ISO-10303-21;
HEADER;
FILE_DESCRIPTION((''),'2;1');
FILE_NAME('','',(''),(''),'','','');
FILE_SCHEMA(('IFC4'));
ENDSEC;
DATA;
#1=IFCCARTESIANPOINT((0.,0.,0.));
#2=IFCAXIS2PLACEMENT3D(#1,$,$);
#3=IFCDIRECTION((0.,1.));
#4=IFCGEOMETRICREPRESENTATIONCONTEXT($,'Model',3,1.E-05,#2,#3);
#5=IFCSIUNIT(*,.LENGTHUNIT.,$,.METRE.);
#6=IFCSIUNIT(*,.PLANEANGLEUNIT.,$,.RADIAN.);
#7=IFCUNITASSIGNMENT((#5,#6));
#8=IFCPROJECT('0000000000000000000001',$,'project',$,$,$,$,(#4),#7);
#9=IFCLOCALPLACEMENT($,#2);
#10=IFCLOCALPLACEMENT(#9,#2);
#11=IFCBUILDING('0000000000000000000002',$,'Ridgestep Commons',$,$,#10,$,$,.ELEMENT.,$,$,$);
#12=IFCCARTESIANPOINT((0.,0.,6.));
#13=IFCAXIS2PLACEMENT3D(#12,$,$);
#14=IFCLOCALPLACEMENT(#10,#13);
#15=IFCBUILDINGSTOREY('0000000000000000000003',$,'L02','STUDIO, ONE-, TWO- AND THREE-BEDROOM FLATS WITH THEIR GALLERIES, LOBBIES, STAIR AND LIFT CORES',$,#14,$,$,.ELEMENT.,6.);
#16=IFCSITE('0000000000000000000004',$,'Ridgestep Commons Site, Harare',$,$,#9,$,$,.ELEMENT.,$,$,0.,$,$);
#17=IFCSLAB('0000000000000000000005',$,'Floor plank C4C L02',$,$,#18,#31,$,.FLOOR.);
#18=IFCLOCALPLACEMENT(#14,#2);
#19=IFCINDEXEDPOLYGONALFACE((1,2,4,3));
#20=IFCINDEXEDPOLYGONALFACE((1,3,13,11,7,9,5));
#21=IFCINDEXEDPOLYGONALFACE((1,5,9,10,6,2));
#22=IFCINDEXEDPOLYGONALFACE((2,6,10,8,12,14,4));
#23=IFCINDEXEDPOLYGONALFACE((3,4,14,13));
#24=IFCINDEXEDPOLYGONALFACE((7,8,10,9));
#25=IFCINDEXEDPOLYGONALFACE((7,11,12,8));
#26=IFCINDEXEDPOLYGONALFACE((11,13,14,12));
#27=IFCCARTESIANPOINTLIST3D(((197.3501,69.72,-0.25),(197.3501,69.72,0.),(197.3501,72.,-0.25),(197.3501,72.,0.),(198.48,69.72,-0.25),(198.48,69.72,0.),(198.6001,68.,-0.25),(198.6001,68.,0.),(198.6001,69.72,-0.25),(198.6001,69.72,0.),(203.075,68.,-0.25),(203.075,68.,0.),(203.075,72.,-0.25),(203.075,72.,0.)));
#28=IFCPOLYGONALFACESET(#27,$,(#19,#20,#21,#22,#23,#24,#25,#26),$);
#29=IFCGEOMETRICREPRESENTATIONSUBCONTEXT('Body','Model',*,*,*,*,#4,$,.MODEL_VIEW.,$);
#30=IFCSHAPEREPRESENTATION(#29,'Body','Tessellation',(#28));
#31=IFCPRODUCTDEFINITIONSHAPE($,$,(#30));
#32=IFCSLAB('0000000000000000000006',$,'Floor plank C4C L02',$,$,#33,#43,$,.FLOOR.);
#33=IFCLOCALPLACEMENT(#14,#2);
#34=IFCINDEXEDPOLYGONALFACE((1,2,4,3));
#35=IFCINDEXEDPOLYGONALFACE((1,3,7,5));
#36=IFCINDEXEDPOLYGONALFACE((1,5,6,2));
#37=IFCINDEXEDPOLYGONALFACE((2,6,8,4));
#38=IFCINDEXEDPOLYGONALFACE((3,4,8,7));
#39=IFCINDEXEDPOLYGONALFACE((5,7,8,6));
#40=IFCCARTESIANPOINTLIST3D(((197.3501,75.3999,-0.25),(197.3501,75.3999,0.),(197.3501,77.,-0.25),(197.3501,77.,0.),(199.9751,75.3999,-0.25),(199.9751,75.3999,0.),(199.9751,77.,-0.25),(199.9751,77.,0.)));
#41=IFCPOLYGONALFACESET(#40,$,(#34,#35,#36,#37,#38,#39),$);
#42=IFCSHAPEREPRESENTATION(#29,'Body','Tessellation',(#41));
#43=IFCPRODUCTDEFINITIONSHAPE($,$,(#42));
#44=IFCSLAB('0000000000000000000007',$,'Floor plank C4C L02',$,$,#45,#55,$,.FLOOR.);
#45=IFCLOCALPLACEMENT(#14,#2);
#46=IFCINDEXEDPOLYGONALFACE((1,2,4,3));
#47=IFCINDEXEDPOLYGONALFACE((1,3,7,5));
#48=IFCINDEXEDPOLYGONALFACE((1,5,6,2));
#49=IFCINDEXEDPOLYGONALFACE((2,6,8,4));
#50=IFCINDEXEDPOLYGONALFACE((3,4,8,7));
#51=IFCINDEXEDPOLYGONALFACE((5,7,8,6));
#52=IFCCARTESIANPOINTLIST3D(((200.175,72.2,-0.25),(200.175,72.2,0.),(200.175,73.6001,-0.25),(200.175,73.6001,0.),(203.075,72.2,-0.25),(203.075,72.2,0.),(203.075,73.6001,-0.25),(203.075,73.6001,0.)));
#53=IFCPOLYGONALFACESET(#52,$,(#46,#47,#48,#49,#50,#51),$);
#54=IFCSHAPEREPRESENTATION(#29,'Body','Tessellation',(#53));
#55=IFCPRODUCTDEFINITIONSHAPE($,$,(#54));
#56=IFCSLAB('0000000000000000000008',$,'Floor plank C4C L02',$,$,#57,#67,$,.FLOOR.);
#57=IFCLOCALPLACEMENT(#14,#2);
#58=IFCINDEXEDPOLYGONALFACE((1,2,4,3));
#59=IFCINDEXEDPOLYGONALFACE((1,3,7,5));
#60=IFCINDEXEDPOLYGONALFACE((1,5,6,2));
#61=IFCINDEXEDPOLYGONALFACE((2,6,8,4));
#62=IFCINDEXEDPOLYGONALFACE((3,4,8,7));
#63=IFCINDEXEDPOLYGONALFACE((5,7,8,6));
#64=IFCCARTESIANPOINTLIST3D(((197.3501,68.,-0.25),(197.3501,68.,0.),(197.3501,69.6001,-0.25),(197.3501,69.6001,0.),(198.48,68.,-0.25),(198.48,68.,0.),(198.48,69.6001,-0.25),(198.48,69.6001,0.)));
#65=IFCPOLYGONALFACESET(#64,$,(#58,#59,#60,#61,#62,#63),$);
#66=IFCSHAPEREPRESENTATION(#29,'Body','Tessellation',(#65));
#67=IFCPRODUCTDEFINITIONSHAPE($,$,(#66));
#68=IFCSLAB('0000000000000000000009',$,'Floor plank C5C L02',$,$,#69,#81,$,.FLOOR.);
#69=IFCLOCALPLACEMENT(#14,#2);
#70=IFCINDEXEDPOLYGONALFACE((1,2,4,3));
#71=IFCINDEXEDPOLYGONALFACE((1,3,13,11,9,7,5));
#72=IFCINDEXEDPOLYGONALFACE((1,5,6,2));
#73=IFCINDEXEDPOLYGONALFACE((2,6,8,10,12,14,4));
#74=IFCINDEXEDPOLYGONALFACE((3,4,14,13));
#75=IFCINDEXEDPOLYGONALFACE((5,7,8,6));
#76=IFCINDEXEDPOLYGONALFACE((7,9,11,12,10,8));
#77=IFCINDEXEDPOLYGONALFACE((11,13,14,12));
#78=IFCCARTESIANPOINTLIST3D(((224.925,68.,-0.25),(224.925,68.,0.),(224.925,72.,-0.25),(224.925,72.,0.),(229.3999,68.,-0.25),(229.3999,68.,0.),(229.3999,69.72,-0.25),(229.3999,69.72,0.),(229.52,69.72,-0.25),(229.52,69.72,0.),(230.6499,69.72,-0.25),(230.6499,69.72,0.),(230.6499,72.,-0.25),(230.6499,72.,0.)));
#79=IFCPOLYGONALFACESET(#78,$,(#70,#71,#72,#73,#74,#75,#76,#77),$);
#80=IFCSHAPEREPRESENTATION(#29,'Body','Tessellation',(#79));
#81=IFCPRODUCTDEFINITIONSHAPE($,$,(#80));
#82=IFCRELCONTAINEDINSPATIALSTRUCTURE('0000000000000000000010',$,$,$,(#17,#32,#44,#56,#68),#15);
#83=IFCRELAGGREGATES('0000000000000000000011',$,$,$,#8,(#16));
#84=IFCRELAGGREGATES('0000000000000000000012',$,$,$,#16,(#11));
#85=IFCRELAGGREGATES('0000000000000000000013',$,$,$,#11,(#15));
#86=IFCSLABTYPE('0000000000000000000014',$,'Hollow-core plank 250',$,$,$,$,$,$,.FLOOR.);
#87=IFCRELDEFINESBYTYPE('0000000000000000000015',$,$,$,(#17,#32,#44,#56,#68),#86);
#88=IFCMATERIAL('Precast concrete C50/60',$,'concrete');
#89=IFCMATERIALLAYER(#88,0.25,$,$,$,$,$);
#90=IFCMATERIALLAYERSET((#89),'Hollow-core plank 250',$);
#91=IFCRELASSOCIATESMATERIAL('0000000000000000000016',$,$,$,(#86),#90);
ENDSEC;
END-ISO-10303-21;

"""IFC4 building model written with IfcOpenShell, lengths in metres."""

from ifc_helpers import new_model, si_unit, direction, frame, origin, place, context, subcontext, project, spatial, polyline, outline, extrude, material, layer, layer_set, type_object, element, save


model = new_model("IFC4")

# Units and contexts
model_context = context("Model", 3, precision=1e-05, world=origin(), true_north=direction((0.0, 1.0)))
body_context = subcontext(model_context, "Body", "Model", "MODEL_VIEW")
ifc_project = project(units=[si_unit("LENGTHUNIT", "METRE"), si_unit("PLANEANGLEUNIT", "RADIAN")], contexts=[model_context])

# Site, building, storey
site_placement = place(None, origin())
site = spatial("IfcSite", under=ifc_project, at=site_placement, Name="Ridgestep Commons Site, Harare", CompositionType="ELEMENT", RefElevation=0.0)
building_placement = place(site_placement, origin())
building = spatial("IfcBuilding", under=site, at=building_placement, Name="Ridgestep Commons", CompositionType="ELEMENT")
storey_placement = place(building_placement, frame((0.0, 0.0, 6.0)))
storey = spatial("IfcBuildingStorey", under=building, at=storey_placement, Name="L02", Description="STUDIO, ONE-, TWO- AND THREE-BEDROOM FLATS WITH THEIR GALLERIES, LOBBIES, STAIR AND LIFT CORES", CompositionType="ELEMENT", Elevation=6.0)

# Slabs
ifc_material = material(Name="Precast concrete C50/60", Category="concrete")
ifc_layer = layer(ifc_material, 0.25)
ifc_layer_set = layer_set([ifc_layer], Name="Hollow-core plank 250")
slab_type = type_object("IfcSlabType", Name="Hollow-core plank 250", PredefinedType="FLOOR", material=ifc_layer_set)
slab_1_placement = place(storey_placement, frame((0.0, 0.0, -0.25)))
element("IfcSlab", 1, at=slab_1_placement, inside=storey, type_object=slab_type, Name="Floor plank C4C L02", PredefinedType="FLOOR", context=body_context, shape_type="SweptSolid", body=[
    extrude(outline(polyline([(198.6001, 68.0), (203.075, 68.0), (203.075, 72.0), (197.3501, 72.0), (197.3501, 69.72), (198.48, 69.72), (198.6001, 69.72), (198.6001, 68.0)])), origin(), (0.0, 0.0, 1.0), 0.25),
])
slab_2_placement = place(storey_placement, frame((0.0, 0.0, -0.25)))
element("IfcSlab", 2, at=slab_2_placement, inside=storey, type_object=slab_type, Name="Floor plank C4C L02", PredefinedType="FLOOR", context=body_context, shape_type="SweptSolid", body=[
    extrude(outline(polyline([(199.9751, 77.0), (197.3501, 77.0), (197.3501, 75.3999), (199.9751, 75.3999), (199.9751, 77.0)])), origin(), (0.0, 0.0, 1.0), 0.25),
])
slab_3_placement = place(storey_placement, frame((0.0, 0.0, -0.25)))
element("IfcSlab", 3, at=slab_3_placement, inside=storey, type_object=slab_type, Name="Floor plank C4C L02", PredefinedType="FLOOR", context=body_context, shape_type="SweptSolid", body=[
    extrude(outline(polyline([(203.075, 72.2), (203.075, 73.6001), (200.175, 73.6001), (200.175, 72.2), (203.075, 72.2)])), origin(), (0.0, 0.0, 1.0), 0.25),
])
slab_4_placement = place(storey_placement, frame((0.0, 0.0, -0.25)))
element("IfcSlab", 4, at=slab_4_placement, inside=storey, type_object=slab_type, Name="Floor plank C4C L02", PredefinedType="FLOOR", context=body_context, shape_type="SweptSolid", body=[
    extrude(outline(polyline([(198.48, 69.6001), (197.3501, 69.6001), (197.3501, 68.0), (198.48, 68.0), (198.48, 69.6001)])), origin(), (0.0, 0.0, 1.0), 0.25),
])
slab_5_placement = place(storey_placement, frame((0.0, 0.0, -0.25)))
element("IfcSlab", 5, at=slab_5_placement, inside=storey, type_object=slab_type, Name="Floor plank C5C L02", PredefinedType="FLOOR", context=body_context, shape_type="SweptSolid", body=[
    extrude(outline(polyline([(229.52, 69.72), (230.6499, 69.72), (230.6499, 72.0), (224.925, 72.0), (224.925, 68.0), (229.3999, 68.0), (229.3999, 69.72), (229.52, 69.72)])), origin(), (0.0, 0.0, 1.0), 0.25),
])

save(model, "model.ifc")
